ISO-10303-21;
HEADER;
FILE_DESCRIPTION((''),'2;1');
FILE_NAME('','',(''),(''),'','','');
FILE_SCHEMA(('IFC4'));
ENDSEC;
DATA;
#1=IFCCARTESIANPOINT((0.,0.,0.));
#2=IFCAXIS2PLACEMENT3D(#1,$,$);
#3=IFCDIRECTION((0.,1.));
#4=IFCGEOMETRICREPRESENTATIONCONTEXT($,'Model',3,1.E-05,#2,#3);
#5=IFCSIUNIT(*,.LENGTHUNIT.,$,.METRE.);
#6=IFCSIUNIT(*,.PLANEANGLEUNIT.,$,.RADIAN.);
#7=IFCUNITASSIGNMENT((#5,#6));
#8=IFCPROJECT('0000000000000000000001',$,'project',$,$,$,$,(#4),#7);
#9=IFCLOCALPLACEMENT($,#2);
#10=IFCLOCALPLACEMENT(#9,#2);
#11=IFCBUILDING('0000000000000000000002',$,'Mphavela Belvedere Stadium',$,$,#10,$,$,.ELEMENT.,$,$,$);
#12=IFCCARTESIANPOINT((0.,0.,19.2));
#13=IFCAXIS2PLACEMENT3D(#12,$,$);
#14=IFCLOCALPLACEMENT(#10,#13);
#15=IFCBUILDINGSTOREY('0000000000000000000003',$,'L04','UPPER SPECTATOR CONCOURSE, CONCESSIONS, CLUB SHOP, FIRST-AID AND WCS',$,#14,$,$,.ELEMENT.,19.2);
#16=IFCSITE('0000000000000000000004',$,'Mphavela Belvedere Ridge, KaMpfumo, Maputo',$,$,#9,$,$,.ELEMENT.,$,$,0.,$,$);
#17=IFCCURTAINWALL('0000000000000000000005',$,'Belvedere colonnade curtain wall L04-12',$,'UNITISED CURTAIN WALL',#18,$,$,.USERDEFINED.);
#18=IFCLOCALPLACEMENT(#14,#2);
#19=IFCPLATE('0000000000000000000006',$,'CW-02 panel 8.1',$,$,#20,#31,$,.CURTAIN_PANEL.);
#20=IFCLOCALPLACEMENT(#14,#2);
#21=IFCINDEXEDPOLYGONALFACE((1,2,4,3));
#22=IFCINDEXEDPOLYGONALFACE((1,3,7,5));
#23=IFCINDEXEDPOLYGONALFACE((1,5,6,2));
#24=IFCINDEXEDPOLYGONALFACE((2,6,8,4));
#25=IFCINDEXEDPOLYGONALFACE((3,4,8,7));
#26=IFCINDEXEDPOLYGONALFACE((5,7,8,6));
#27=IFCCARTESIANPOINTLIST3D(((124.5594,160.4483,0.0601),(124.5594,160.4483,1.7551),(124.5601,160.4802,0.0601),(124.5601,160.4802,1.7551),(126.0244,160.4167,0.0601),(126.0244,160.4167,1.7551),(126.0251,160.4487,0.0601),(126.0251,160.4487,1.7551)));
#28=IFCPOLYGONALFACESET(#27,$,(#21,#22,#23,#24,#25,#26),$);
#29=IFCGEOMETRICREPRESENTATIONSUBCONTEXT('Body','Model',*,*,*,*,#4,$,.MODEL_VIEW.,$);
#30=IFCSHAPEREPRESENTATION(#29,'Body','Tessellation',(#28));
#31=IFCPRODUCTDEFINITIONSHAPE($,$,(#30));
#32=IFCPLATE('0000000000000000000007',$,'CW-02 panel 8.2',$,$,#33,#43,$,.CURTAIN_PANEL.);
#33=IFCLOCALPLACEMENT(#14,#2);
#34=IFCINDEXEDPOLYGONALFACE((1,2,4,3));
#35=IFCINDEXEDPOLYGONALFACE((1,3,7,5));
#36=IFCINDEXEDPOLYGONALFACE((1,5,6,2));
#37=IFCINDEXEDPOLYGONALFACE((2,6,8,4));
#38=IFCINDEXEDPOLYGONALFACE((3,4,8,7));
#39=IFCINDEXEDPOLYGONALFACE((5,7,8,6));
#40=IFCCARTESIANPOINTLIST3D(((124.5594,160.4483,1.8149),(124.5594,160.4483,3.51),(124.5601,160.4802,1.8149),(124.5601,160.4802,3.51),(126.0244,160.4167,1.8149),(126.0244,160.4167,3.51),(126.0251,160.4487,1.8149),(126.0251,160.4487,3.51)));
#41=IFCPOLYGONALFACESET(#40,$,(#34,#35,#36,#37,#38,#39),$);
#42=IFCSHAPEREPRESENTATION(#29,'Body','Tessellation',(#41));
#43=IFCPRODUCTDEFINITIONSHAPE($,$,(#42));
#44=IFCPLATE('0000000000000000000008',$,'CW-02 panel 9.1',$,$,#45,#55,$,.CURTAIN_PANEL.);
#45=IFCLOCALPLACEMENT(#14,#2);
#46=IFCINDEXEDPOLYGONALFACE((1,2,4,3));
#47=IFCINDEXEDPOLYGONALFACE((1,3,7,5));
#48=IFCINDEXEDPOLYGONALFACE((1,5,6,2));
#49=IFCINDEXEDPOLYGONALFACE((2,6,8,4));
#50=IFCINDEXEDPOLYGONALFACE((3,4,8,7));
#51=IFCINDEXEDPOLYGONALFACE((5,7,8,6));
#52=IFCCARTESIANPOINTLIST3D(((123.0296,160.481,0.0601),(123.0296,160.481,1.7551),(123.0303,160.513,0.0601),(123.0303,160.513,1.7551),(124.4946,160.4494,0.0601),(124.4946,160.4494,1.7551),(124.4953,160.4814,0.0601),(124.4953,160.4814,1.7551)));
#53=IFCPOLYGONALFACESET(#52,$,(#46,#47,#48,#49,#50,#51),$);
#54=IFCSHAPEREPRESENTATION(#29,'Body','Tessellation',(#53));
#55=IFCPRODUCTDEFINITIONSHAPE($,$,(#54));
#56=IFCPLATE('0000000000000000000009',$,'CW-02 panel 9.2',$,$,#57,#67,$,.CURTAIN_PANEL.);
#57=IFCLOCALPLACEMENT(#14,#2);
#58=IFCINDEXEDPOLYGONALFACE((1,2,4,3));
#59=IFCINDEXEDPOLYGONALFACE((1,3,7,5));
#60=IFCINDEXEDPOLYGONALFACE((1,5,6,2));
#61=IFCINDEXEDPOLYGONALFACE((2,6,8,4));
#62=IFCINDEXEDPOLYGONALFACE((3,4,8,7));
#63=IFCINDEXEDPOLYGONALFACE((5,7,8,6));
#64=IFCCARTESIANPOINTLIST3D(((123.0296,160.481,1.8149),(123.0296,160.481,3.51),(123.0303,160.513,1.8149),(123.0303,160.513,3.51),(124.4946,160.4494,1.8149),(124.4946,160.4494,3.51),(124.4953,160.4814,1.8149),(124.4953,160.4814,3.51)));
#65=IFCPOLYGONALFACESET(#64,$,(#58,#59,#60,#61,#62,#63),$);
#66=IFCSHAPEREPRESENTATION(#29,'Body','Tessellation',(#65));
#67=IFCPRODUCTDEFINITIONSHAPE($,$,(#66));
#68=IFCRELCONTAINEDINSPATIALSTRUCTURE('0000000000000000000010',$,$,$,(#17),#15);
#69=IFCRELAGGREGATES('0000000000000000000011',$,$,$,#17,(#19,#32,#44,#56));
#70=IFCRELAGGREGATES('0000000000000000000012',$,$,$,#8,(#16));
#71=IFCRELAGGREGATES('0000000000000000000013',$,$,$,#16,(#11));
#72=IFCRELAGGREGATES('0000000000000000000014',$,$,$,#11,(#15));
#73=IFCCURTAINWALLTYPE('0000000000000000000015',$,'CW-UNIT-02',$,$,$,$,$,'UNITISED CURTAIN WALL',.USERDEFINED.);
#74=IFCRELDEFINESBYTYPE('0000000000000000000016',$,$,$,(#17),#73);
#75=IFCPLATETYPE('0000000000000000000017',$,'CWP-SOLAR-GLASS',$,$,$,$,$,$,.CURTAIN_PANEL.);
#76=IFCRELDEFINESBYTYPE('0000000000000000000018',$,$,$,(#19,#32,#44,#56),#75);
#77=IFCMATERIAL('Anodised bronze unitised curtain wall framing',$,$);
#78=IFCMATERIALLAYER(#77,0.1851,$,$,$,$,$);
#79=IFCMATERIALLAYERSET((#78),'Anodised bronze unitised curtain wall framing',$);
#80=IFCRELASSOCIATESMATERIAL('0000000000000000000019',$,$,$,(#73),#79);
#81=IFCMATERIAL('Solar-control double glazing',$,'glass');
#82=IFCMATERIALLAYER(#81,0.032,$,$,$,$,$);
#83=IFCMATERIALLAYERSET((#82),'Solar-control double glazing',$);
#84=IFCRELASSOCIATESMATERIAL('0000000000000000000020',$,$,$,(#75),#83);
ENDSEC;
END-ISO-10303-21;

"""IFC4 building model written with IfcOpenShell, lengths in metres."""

from ifc_helpers import new_model, si_unit, direction, frame, origin, origin_2d, place, context, subcontext, project, spatial, rectangle, extrude, material, layer, layer_set, type_object, element, aggregate, save


model = new_model("IFC4")

# Units and contexts
model_context = context("Model", 3, precision=1e-05, world=origin(), true_north=direction((0.0, 1.0)))
body_context = subcontext(model_context, "Body", "Model", "MODEL_VIEW")
ifc_project = project(units=[si_unit("LENGTHUNIT", "METRE"), si_unit("PLANEANGLEUNIT", "RADIAN")], contexts=[model_context])

# Site, building, storey
site_placement = place(None, origin())
site = spatial("IfcSite", under=ifc_project, at=site_placement, Name="Mphavela Belvedere Ridge, KaMpfumo, Maputo", CompositionType="ELEMENT", RefElevation=0.0)
building_placement = place(site_placement, origin())
building = spatial("IfcBuilding", under=site, at=building_placement, Name="Mphavela Belvedere Stadium", CompositionType="ELEMENT")
storey_placement = place(building_placement, frame((0.0, 0.0, 19.2)))
storey = spatial("IfcBuildingStorey", under=building, at=storey_placement, Name="L04", Description="UPPER SPECTATOR CONCOURSE, CONCESSIONS, CLUB SHOP, FIRST-AID AND WCS", CompositionType="ELEMENT", Elevation=19.2)

# Curtain wall, plates
ifc_material_1 = material(Name="Anodised bronze unitised curtain wall framing")
ifc_layer_1 = layer(ifc_material_1, 0.1851)
ifc_layer_set_1 = layer_set([ifc_layer_1], Name="Anodised bronze unitised curtain wall framing")
curtain_wall_type = type_object("IfcCurtainWallType", Name="CW-UNIT-02", ElementType="UNITISED CURTAIN WALL", PredefinedType="USERDEFINED", material=ifc_layer_set_1)
curtain_wall_placement = place(storey_placement, origin())
curtain_wall = element("IfcCurtainWall", 1, at=curtain_wall_placement, inside=storey, type_object=curtain_wall_type, Name="Belvedere colonnade curtain wall L04-12", ObjectType="UNITISED CURTAIN WALL", PredefinedType="USERDEFINED")
ifc_material_2 = material(Name="Solar-control double glazing", Category="glass")
ifc_layer_2 = layer(ifc_material_2, 0.032)
ifc_layer_set_2 = layer_set([ifc_layer_2], Name="Solar-control double glazing")
plate_type = type_object("IfcPlateType", Name="CWP-SOLAR-GLASS", PredefinedType="CURTAIN_PANEL", material=ifc_layer_set_2)
plate_1_placement = place(storey_placement, frame((125.2922, 160.4485, 0.0601), z_axis=(0.0, 0.0, 1.0), x_axis=(-0.999768, 0.021527, 0.0)))
plate_1 = element("IfcPlate", 2, at=plate_1_placement, type_object=plate_type, Name="CW-02 panel 8.1", PredefinedType="CURTAIN_PANEL", context=body_context, shape_type="SweptSolid", body=[
    extrude(rectangle(XDim=1.4653, YDim=0.032, at=origin_2d()), origin(), (0.0, 0.0, 1.0), 1.6951),
])
plate_2_placement = place(storey_placement, frame((125.2922, 160.4485, 1.8149), z_axis=(0.0, 0.0, 1.0), x_axis=(-0.999768, 0.021527, 0.0)))
plate_2 = element("IfcPlate", 3, at=plate_2_placement, type_object=plate_type, Name="CW-02 panel 8.2", PredefinedType="CURTAIN_PANEL", context=body_context, shape_type="SweptSolid", body=[
    extrude(rectangle(XDim=1.4653, YDim=0.032, at=origin_2d()), origin(), (0.0, 0.0, 1.0), 1.6951),
])
plate_3_placement = place(storey_placement, frame((123.7625, 160.4812, 0.0601), z_axis=(0.0, 0.0, 1.0), x_axis=(-0.999768, 0.021527, 0.0)))
plate_3 = element("IfcPlate", 4, at=plate_3_placement, type_object=plate_type, Name="CW-02 panel 9.1", PredefinedType="CURTAIN_PANEL", context=body_context, shape_type="SweptSolid", body=[
    extrude(rectangle(XDim=1.4653, YDim=0.032, at=origin_2d()), origin(), (0.0, 0.0, 1.0), 1.6951),
])
plate_4_placement = place(storey_placement, frame((123.7625, 160.4812, 1.8149), z_axis=(0.0, 0.0, 1.0), x_axis=(-0.999768, 0.021527, 0.0)))
plate_4 = element("IfcPlate", 5, at=plate_4_placement, type_object=plate_type, Name="CW-02 panel 9.2", PredefinedType="CURTAIN_PANEL", context=body_context, shape_type="SweptSolid", body=[
    extrude(rectangle(XDim=1.4653, YDim=0.032, at=origin_2d()), origin(), (0.0, 0.0, 1.0), 1.6951),
])
aggregate(curtain_wall, [plate_1, plate_2, plate_3, plate_4])

save(model, "model.ifc")
